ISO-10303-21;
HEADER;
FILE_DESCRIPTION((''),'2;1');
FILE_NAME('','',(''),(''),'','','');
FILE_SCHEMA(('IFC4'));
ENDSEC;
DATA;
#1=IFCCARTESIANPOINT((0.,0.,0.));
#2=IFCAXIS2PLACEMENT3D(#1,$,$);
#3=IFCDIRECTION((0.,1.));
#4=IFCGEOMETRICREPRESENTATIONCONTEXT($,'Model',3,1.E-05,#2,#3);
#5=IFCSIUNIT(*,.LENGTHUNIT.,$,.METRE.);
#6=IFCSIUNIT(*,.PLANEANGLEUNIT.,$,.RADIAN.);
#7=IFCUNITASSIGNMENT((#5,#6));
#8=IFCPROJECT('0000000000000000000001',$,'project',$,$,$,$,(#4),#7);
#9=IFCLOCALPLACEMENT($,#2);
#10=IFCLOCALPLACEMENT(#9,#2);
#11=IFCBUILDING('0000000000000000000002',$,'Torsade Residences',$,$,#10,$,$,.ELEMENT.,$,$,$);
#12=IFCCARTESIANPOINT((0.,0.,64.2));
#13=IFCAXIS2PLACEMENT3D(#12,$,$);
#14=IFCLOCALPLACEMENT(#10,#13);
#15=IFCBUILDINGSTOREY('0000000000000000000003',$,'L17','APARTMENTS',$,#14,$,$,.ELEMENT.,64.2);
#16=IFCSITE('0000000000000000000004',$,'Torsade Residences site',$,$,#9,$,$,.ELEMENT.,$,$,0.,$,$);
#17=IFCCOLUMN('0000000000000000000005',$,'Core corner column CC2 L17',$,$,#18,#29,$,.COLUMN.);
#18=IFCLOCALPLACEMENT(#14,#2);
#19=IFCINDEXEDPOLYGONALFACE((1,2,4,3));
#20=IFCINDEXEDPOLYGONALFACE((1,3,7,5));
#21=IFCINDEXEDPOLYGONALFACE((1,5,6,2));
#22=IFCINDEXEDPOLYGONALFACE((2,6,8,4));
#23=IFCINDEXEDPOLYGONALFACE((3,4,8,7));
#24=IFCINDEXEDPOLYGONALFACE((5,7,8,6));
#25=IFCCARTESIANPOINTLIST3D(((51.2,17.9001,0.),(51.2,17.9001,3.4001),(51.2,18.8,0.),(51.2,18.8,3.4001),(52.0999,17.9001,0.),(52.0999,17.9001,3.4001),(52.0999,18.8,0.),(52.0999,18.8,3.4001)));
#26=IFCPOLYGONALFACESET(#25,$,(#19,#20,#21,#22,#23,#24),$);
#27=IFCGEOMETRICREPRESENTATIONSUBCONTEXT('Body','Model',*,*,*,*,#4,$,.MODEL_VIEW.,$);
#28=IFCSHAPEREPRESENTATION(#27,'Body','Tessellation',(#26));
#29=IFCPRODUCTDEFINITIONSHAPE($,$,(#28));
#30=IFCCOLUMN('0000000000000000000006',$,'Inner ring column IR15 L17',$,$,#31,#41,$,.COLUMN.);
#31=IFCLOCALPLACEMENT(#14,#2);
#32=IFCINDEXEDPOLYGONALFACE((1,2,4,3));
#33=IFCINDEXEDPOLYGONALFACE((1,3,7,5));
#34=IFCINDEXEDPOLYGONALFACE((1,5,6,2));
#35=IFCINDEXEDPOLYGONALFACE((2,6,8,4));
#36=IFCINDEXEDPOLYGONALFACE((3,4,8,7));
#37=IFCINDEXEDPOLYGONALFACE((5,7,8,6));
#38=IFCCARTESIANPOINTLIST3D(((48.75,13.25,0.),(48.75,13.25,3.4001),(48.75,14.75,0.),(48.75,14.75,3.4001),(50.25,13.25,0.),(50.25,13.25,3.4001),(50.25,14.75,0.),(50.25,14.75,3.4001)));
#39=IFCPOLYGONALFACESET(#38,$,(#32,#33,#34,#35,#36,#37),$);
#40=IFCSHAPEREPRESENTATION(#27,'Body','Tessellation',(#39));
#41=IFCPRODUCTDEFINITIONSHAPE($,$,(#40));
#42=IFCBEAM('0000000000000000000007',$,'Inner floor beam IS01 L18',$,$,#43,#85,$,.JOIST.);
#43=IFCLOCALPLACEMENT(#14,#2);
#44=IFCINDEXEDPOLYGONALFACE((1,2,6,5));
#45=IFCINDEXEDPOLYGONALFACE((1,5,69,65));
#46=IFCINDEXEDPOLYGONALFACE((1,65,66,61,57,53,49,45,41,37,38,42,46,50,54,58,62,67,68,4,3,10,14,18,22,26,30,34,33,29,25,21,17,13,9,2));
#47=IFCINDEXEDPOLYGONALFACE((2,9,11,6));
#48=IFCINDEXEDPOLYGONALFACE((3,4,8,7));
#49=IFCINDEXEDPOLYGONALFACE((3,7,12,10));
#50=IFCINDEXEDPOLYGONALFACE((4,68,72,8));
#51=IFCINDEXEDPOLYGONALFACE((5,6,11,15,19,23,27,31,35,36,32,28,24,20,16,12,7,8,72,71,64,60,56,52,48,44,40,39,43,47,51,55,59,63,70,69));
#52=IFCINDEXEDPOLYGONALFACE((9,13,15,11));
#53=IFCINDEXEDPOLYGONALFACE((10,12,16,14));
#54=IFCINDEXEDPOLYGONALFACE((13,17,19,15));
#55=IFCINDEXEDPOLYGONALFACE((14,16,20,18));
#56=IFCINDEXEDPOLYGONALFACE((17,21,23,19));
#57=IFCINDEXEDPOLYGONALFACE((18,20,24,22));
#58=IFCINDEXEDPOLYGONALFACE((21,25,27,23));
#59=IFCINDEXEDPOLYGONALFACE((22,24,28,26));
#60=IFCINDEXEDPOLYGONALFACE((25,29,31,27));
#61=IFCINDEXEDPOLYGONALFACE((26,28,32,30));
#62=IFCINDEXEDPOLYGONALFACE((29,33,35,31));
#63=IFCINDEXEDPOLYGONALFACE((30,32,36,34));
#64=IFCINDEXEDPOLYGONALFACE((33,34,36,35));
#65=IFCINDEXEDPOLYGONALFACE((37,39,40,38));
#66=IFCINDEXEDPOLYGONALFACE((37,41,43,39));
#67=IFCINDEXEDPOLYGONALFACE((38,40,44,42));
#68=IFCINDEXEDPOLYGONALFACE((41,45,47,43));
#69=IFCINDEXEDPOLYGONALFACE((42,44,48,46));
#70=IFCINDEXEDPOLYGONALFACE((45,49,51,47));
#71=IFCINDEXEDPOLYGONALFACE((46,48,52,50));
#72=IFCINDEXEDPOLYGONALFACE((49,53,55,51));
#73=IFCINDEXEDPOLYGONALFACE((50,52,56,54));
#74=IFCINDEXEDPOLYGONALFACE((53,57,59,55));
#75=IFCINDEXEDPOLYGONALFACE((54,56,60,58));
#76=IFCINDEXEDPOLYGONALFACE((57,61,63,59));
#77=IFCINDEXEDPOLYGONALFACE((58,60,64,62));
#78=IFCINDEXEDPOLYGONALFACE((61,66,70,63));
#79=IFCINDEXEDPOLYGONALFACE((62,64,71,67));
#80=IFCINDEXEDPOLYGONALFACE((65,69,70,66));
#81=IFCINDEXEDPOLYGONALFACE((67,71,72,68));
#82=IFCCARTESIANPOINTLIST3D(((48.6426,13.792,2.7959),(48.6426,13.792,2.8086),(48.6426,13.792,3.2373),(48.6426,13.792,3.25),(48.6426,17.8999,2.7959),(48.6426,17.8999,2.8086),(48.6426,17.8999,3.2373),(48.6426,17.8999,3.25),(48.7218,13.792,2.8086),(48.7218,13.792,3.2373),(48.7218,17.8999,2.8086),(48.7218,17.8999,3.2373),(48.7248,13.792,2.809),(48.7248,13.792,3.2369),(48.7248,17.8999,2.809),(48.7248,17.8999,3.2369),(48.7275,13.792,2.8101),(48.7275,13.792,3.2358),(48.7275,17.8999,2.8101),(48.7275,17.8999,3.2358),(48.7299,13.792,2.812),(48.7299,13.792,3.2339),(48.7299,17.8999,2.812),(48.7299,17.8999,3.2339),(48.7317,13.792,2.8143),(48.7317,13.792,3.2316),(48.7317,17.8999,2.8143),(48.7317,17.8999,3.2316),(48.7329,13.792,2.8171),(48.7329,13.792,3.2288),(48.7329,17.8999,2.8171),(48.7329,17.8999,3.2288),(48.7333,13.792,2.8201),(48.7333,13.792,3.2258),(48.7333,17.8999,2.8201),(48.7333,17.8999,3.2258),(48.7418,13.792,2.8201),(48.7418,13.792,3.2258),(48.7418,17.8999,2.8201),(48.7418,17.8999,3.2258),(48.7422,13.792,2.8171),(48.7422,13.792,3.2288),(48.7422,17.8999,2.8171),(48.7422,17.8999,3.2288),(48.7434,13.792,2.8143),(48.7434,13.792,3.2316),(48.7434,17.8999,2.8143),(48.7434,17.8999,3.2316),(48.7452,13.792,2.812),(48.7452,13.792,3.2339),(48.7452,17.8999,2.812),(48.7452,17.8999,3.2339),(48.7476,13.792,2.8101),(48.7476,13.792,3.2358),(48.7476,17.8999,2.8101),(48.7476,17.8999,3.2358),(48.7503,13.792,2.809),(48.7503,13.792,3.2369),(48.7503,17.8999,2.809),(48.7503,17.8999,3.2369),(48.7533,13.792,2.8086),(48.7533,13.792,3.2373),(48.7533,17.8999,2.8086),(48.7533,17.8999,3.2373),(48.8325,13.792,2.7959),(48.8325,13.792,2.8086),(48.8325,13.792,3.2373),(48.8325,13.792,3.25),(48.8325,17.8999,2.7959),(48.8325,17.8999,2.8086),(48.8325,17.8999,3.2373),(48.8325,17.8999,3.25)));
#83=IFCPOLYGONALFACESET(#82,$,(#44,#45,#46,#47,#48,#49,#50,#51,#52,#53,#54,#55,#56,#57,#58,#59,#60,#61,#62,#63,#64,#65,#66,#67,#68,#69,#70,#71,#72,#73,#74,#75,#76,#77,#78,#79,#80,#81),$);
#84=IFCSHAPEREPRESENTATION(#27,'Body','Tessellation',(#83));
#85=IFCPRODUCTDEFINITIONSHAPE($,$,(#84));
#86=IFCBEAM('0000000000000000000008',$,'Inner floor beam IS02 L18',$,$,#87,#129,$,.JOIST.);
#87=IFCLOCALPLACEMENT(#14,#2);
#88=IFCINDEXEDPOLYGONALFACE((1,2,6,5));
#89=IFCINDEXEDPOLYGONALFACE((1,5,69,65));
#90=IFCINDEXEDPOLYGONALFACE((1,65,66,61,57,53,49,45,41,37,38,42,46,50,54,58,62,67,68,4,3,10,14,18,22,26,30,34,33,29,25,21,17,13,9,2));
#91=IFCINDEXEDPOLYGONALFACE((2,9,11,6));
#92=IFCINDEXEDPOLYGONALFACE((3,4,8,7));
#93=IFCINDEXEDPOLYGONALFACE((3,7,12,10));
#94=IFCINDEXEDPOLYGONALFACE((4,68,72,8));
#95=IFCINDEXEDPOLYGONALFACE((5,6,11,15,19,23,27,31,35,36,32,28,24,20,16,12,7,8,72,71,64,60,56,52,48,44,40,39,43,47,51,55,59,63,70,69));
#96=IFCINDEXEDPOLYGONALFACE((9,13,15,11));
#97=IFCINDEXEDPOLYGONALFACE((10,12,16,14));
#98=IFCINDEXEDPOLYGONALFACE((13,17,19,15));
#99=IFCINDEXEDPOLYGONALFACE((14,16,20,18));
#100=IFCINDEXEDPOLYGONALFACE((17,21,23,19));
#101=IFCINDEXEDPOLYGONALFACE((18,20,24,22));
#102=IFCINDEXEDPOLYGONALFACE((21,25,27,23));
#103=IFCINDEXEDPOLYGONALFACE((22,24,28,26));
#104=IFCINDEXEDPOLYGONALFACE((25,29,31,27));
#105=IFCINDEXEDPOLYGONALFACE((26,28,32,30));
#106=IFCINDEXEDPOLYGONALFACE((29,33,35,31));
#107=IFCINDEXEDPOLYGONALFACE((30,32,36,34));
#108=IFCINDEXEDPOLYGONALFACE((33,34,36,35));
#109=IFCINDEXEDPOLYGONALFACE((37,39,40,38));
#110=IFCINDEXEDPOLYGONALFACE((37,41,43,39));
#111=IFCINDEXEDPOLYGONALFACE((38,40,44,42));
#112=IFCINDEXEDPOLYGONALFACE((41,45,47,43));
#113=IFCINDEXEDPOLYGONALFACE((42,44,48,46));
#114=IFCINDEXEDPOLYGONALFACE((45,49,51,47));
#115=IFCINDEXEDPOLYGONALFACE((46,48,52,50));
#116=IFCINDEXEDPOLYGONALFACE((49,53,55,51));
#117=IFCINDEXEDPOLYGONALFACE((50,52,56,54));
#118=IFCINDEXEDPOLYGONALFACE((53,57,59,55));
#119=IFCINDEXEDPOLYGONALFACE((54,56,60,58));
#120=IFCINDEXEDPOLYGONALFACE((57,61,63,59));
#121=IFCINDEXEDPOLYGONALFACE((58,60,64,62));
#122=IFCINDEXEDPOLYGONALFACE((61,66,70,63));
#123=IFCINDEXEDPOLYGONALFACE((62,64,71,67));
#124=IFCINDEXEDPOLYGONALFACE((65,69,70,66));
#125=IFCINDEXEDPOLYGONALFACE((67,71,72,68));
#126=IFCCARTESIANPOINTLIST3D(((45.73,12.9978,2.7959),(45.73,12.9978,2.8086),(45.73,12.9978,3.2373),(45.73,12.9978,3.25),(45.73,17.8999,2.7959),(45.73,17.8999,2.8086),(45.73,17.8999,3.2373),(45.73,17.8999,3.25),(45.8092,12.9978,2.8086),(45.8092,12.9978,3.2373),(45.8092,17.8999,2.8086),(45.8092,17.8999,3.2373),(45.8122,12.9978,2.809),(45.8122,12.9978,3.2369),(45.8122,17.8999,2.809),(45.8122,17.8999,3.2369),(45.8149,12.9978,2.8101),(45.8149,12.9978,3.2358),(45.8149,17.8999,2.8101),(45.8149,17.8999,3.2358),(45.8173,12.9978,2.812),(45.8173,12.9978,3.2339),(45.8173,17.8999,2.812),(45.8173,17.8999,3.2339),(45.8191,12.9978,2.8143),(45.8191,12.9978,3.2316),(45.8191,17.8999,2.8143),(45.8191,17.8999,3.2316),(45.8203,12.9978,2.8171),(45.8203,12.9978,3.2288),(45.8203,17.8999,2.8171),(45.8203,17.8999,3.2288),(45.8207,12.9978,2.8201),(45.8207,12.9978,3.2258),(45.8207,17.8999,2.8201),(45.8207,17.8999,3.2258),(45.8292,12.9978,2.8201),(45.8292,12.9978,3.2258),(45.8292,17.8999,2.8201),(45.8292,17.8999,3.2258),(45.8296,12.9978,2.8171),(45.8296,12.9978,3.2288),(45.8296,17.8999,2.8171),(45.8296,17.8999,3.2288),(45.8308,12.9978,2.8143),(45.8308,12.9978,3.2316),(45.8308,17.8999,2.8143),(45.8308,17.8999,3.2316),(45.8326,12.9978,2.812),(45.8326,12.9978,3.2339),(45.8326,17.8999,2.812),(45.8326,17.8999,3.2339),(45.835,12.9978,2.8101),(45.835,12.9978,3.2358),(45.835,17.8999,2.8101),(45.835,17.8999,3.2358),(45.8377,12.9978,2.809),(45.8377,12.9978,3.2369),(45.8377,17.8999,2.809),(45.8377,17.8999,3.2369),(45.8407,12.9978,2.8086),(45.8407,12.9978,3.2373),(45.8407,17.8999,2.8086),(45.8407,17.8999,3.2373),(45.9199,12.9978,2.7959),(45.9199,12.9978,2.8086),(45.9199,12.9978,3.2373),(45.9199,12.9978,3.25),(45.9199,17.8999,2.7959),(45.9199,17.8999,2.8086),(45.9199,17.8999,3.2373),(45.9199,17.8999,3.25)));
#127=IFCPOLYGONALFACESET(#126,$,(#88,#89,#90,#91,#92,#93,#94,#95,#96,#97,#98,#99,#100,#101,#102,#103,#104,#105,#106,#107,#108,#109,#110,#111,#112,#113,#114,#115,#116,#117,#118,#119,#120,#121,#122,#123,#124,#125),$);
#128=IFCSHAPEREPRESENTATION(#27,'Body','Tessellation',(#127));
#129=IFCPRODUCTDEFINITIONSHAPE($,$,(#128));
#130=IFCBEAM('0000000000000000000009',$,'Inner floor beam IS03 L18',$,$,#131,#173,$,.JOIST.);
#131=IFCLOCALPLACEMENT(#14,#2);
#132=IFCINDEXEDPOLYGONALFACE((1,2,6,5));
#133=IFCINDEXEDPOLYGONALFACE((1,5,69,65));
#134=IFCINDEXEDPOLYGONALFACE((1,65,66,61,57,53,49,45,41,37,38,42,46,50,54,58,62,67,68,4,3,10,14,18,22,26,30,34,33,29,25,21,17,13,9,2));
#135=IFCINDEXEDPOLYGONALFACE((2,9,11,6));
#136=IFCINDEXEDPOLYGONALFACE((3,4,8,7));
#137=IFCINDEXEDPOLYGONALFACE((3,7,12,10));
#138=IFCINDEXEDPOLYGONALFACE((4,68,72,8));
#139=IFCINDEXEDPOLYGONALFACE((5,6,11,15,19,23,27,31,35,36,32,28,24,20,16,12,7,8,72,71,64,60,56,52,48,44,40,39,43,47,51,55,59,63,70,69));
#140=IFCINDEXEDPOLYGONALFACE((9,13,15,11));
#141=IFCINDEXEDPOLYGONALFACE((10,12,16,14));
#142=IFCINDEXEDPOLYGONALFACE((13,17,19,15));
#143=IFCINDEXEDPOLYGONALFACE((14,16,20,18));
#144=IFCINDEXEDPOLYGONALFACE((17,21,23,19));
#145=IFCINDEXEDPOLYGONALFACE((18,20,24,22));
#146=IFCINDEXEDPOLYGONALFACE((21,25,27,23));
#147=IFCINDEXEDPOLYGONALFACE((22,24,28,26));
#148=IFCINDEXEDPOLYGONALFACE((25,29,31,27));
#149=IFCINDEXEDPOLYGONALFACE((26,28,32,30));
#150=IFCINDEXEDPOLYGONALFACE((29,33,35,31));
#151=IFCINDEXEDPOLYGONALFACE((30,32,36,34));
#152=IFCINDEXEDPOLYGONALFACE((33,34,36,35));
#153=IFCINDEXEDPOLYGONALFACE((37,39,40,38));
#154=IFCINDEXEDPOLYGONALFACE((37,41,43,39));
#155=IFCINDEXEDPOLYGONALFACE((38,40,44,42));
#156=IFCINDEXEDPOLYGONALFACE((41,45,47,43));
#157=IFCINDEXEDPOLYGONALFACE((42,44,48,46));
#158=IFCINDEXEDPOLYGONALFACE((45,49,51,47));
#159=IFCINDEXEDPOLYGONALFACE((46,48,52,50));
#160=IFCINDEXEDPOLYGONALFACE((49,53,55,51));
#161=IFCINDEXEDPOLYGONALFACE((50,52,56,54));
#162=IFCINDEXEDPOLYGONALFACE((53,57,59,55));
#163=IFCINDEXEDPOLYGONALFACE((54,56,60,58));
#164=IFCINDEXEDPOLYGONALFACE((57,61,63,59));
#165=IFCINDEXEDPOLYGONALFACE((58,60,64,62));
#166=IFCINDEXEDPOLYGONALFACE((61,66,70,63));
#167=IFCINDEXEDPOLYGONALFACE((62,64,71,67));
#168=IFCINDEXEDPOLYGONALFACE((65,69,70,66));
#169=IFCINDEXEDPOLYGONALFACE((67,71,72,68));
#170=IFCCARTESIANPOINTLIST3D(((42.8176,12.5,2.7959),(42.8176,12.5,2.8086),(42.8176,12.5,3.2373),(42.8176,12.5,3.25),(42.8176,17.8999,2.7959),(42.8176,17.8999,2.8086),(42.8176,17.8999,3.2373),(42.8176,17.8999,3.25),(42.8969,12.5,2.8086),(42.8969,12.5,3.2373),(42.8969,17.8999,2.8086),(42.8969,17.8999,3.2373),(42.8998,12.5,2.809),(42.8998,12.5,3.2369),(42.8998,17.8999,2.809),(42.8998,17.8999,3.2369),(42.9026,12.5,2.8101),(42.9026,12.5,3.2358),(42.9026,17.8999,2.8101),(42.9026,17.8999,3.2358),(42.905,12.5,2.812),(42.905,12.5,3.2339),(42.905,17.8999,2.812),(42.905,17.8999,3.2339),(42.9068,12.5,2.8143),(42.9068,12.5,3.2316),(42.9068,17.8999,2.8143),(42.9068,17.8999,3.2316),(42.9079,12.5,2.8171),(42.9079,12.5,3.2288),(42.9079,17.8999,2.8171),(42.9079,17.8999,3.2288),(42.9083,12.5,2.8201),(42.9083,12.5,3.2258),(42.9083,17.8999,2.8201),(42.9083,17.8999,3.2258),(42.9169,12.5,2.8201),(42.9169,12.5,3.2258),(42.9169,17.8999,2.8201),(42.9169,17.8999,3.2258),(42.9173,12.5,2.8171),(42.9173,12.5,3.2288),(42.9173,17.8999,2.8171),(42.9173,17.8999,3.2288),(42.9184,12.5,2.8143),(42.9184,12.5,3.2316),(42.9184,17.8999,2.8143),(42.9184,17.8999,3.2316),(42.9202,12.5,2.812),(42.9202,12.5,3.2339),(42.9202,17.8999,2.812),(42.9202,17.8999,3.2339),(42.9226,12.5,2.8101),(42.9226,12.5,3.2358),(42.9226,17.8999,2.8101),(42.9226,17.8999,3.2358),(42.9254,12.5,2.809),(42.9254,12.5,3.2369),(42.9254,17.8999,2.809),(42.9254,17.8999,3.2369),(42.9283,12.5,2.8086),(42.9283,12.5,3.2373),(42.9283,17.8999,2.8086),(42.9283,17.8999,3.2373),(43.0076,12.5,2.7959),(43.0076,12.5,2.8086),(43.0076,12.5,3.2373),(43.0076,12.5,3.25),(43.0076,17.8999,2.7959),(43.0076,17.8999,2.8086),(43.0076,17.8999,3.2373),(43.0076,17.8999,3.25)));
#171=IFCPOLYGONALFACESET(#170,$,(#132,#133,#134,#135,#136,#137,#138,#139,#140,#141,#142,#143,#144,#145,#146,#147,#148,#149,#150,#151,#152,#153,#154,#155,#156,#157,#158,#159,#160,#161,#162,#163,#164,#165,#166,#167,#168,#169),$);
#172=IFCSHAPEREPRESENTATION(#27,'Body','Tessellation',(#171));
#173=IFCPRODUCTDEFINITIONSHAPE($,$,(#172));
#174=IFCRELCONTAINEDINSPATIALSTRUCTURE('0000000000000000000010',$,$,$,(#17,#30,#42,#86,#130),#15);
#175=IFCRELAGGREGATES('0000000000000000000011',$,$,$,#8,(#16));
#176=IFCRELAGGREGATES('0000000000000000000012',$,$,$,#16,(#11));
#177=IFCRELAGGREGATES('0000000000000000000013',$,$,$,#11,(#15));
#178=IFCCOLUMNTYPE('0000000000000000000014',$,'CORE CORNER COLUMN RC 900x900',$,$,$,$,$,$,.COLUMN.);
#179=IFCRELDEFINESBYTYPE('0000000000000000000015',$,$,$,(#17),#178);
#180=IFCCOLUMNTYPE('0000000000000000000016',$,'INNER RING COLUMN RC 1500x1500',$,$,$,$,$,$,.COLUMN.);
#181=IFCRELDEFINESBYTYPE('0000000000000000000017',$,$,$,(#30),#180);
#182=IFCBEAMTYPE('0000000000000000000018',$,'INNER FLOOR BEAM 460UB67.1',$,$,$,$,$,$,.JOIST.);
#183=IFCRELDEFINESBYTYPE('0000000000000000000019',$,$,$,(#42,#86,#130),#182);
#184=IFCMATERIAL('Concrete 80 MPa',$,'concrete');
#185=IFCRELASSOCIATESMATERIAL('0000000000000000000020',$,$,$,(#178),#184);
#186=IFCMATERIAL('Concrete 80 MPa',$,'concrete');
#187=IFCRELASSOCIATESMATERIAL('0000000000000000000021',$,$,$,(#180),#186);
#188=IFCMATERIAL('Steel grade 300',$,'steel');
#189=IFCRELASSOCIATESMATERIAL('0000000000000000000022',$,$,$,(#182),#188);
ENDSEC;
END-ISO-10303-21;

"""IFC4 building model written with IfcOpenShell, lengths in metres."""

from ifc_helpers import new_model, si_unit, direction, frame, origin, origin_2d, place, context, subcontext, project, spatial, rectangle, i_section, extrude, material, material_profile, profile_set, type_object, element, save


model = new_model("IFC4")

# Units and contexts
model_context = context("Model", 3, precision=1e-05, world=origin(), true_north=direction((0.0, 1.0)))
body_context = subcontext(model_context, "Body", "Model", "MODEL_VIEW")
ifc_project = project(units=[si_unit("LENGTHUNIT", "METRE"), si_unit("PLANEANGLEUNIT", "RADIAN")], contexts=[model_context])

# Site, building, storey
site_placement = place(None, origin())
site = spatial("IfcSite", under=ifc_project, at=site_placement, Name="Torsade Residences site", CompositionType="ELEMENT", RefElevation=0.0)
building_placement = place(site_placement, origin())
building = spatial("IfcBuilding", under=site, at=building_placement, Name="Torsade Residences", CompositionType="ELEMENT")
storey_placement = place(building_placement, frame((0.0, 0.0, 64.2)))
storey = spatial("IfcBuildingStorey", under=building, at=storey_placement, Name="L17", Description="APARTMENTS", CompositionType="ELEMENT", Elevation=64.2)

# Columns
ifc_material_1 = material(Name="Concrete 80 MPa", Category="concrete")
ifc_material_profile_1 = material_profile(ifc_material_1, rectangle(XDim=0.8999, YDim=0.8999, at=origin_2d()), Name="RC 900x900")
ifc_profile_set_1 = profile_set([ifc_material_profile_1], Name="Concrete 80 MPa")
column_type_1 = type_object("IfcColumnType", Name="CORE CORNER COLUMN RC 900x900", PredefinedType="COLUMN", material=ifc_profile_set_1)
column_1_placement = place(storey_placement, frame((51.6499, 18.3501, 0.0), z_axis=(0.0, 0.0, 1.0), x_axis=(1.0, 0.0, 0.0)))
element("IfcColumn", 1, at=column_1_placement, inside=storey, type_object=column_type_1, Name="Core corner column CC2 L17", PredefinedType="COLUMN", context=body_context, shape_type="SweptSolid", body=[
    extrude(rectangle(XDim=0.8999, YDim=0.8999, at=origin_2d()), origin(), (0.0, 0.0, 1.0), 3.4001),
])
ifc_material_2 = material(Name="Concrete 80 MPa", Category="concrete")
ifc_material_profile_2 = material_profile(ifc_material_2, rectangle(XDim=1.5, YDim=1.5, at=origin_2d()), Name="RC 1500x1500")
ifc_profile_set_2 = profile_set([ifc_material_profile_2], Name="Concrete 80 MPa")
column_type_2 = type_object("IfcColumnType", Name="INNER RING COLUMN RC 1500x1500", PredefinedType="COLUMN", material=ifc_profile_set_2)
column_2_placement = place(storey_placement, frame((49.5, 14.0, 0.0), z_axis=(0.0, 0.0, 1.0), x_axis=(1.0, 0.0, 0.0)))
element("IfcColumn", 2, at=column_2_placement, inside=storey, type_object=column_type_2, Name="Inner ring column IR15 L17", PredefinedType="COLUMN", context=body_context, shape_type="SweptSolid", body=[
    extrude(rectangle(XDim=1.5, YDim=1.5, at=origin_2d()), origin(), (0.0, 0.0, 1.0), 3.4001),
])

# Beams
ifc_material_3 = material(Name="Steel grade 300", Category="steel")
ifc_material_profile_3 = material_profile(ifc_material_3, i_section(OverallWidth=0.1899, OverallDepth=0.4541, WebThickness=0.0085, FlangeThickness=0.0127, FilletRadius=0.0115, at=origin_2d()), Name="460UB67.1")
ifc_profile_set_3 = profile_set([ifc_material_profile_3], Name="Steel grade 300")
beam_type_1 = type_object("IfcBeamType", Name="INNER FLOOR BEAM 460UB67.1", PredefinedType="JOIST", material=ifc_profile_set_3)
beam_1_placement = place(storey_placement, frame((48.7375, 17.8999, 3.0229), z_axis=(0.0, -1.0, 0.0), x_axis=(1.0, 0.0, 0.0)))
element("IfcBeam", 3, at=beam_1_placement, inside=storey, type_object=beam_type_1, Name="Inner floor beam IS01 L18", PredefinedType="JOIST", context=body_context, shape_type="SweptSolid", body=[
    extrude(i_section(OverallWidth=0.1899, OverallDepth=0.4541, WebThickness=0.0085, FlangeThickness=0.0127, FilletRadius=0.0115, at=origin_2d()), origin(), (0.0, 0.0, 1.0), 4.1079),
])
beam_2_placement = place(storey_placement, frame((45.825, 17.8999, 3.0229), z_axis=(0.0, -1.0, 0.0), x_axis=(1.0, 0.0, 0.0)))
element("IfcBeam", 4, at=beam_2_placement, inside=storey, type_object=beam_type_1, Name="Inner floor beam IS02 L18", PredefinedType="JOIST", context=body_context, shape_type="SweptSolid", body=[
    extrude(i_section(OverallWidth=0.1899, OverallDepth=0.4541, WebThickness=0.0085, FlangeThickness=0.0127, FilletRadius=0.0115, at=origin_2d()), origin(), (0.0, 0.0, 1.0), 4.9021),
])
for number, where, z_axis, x_axis, name in (
    (5, (42.9126, 17.8999, 3.0229), (0.0, -1.0, 0.0), (1.0, 0.0, 0.0), "Inner floor beam IS03 L18"),
):
    element("IfcBeam", number, at=place(storey_placement, frame(where, z_axis=z_axis, x_axis=x_axis)), inside=storey, type_object=beam_type_1, Name=name, PredefinedType="JOIST", context=body_context, shape_type="SweptSolid", body=[
        extrude(i_section(OverallWidth=0.1899, OverallDepth=0.4541, WebThickness=0.0085, FlangeThickness=0.0127, FilletRadius=0.0115, at=origin_2d()), origin(), (0.0, 0.0, 1.0), 5.3999),
    ])

save(model, "model.ifc")
